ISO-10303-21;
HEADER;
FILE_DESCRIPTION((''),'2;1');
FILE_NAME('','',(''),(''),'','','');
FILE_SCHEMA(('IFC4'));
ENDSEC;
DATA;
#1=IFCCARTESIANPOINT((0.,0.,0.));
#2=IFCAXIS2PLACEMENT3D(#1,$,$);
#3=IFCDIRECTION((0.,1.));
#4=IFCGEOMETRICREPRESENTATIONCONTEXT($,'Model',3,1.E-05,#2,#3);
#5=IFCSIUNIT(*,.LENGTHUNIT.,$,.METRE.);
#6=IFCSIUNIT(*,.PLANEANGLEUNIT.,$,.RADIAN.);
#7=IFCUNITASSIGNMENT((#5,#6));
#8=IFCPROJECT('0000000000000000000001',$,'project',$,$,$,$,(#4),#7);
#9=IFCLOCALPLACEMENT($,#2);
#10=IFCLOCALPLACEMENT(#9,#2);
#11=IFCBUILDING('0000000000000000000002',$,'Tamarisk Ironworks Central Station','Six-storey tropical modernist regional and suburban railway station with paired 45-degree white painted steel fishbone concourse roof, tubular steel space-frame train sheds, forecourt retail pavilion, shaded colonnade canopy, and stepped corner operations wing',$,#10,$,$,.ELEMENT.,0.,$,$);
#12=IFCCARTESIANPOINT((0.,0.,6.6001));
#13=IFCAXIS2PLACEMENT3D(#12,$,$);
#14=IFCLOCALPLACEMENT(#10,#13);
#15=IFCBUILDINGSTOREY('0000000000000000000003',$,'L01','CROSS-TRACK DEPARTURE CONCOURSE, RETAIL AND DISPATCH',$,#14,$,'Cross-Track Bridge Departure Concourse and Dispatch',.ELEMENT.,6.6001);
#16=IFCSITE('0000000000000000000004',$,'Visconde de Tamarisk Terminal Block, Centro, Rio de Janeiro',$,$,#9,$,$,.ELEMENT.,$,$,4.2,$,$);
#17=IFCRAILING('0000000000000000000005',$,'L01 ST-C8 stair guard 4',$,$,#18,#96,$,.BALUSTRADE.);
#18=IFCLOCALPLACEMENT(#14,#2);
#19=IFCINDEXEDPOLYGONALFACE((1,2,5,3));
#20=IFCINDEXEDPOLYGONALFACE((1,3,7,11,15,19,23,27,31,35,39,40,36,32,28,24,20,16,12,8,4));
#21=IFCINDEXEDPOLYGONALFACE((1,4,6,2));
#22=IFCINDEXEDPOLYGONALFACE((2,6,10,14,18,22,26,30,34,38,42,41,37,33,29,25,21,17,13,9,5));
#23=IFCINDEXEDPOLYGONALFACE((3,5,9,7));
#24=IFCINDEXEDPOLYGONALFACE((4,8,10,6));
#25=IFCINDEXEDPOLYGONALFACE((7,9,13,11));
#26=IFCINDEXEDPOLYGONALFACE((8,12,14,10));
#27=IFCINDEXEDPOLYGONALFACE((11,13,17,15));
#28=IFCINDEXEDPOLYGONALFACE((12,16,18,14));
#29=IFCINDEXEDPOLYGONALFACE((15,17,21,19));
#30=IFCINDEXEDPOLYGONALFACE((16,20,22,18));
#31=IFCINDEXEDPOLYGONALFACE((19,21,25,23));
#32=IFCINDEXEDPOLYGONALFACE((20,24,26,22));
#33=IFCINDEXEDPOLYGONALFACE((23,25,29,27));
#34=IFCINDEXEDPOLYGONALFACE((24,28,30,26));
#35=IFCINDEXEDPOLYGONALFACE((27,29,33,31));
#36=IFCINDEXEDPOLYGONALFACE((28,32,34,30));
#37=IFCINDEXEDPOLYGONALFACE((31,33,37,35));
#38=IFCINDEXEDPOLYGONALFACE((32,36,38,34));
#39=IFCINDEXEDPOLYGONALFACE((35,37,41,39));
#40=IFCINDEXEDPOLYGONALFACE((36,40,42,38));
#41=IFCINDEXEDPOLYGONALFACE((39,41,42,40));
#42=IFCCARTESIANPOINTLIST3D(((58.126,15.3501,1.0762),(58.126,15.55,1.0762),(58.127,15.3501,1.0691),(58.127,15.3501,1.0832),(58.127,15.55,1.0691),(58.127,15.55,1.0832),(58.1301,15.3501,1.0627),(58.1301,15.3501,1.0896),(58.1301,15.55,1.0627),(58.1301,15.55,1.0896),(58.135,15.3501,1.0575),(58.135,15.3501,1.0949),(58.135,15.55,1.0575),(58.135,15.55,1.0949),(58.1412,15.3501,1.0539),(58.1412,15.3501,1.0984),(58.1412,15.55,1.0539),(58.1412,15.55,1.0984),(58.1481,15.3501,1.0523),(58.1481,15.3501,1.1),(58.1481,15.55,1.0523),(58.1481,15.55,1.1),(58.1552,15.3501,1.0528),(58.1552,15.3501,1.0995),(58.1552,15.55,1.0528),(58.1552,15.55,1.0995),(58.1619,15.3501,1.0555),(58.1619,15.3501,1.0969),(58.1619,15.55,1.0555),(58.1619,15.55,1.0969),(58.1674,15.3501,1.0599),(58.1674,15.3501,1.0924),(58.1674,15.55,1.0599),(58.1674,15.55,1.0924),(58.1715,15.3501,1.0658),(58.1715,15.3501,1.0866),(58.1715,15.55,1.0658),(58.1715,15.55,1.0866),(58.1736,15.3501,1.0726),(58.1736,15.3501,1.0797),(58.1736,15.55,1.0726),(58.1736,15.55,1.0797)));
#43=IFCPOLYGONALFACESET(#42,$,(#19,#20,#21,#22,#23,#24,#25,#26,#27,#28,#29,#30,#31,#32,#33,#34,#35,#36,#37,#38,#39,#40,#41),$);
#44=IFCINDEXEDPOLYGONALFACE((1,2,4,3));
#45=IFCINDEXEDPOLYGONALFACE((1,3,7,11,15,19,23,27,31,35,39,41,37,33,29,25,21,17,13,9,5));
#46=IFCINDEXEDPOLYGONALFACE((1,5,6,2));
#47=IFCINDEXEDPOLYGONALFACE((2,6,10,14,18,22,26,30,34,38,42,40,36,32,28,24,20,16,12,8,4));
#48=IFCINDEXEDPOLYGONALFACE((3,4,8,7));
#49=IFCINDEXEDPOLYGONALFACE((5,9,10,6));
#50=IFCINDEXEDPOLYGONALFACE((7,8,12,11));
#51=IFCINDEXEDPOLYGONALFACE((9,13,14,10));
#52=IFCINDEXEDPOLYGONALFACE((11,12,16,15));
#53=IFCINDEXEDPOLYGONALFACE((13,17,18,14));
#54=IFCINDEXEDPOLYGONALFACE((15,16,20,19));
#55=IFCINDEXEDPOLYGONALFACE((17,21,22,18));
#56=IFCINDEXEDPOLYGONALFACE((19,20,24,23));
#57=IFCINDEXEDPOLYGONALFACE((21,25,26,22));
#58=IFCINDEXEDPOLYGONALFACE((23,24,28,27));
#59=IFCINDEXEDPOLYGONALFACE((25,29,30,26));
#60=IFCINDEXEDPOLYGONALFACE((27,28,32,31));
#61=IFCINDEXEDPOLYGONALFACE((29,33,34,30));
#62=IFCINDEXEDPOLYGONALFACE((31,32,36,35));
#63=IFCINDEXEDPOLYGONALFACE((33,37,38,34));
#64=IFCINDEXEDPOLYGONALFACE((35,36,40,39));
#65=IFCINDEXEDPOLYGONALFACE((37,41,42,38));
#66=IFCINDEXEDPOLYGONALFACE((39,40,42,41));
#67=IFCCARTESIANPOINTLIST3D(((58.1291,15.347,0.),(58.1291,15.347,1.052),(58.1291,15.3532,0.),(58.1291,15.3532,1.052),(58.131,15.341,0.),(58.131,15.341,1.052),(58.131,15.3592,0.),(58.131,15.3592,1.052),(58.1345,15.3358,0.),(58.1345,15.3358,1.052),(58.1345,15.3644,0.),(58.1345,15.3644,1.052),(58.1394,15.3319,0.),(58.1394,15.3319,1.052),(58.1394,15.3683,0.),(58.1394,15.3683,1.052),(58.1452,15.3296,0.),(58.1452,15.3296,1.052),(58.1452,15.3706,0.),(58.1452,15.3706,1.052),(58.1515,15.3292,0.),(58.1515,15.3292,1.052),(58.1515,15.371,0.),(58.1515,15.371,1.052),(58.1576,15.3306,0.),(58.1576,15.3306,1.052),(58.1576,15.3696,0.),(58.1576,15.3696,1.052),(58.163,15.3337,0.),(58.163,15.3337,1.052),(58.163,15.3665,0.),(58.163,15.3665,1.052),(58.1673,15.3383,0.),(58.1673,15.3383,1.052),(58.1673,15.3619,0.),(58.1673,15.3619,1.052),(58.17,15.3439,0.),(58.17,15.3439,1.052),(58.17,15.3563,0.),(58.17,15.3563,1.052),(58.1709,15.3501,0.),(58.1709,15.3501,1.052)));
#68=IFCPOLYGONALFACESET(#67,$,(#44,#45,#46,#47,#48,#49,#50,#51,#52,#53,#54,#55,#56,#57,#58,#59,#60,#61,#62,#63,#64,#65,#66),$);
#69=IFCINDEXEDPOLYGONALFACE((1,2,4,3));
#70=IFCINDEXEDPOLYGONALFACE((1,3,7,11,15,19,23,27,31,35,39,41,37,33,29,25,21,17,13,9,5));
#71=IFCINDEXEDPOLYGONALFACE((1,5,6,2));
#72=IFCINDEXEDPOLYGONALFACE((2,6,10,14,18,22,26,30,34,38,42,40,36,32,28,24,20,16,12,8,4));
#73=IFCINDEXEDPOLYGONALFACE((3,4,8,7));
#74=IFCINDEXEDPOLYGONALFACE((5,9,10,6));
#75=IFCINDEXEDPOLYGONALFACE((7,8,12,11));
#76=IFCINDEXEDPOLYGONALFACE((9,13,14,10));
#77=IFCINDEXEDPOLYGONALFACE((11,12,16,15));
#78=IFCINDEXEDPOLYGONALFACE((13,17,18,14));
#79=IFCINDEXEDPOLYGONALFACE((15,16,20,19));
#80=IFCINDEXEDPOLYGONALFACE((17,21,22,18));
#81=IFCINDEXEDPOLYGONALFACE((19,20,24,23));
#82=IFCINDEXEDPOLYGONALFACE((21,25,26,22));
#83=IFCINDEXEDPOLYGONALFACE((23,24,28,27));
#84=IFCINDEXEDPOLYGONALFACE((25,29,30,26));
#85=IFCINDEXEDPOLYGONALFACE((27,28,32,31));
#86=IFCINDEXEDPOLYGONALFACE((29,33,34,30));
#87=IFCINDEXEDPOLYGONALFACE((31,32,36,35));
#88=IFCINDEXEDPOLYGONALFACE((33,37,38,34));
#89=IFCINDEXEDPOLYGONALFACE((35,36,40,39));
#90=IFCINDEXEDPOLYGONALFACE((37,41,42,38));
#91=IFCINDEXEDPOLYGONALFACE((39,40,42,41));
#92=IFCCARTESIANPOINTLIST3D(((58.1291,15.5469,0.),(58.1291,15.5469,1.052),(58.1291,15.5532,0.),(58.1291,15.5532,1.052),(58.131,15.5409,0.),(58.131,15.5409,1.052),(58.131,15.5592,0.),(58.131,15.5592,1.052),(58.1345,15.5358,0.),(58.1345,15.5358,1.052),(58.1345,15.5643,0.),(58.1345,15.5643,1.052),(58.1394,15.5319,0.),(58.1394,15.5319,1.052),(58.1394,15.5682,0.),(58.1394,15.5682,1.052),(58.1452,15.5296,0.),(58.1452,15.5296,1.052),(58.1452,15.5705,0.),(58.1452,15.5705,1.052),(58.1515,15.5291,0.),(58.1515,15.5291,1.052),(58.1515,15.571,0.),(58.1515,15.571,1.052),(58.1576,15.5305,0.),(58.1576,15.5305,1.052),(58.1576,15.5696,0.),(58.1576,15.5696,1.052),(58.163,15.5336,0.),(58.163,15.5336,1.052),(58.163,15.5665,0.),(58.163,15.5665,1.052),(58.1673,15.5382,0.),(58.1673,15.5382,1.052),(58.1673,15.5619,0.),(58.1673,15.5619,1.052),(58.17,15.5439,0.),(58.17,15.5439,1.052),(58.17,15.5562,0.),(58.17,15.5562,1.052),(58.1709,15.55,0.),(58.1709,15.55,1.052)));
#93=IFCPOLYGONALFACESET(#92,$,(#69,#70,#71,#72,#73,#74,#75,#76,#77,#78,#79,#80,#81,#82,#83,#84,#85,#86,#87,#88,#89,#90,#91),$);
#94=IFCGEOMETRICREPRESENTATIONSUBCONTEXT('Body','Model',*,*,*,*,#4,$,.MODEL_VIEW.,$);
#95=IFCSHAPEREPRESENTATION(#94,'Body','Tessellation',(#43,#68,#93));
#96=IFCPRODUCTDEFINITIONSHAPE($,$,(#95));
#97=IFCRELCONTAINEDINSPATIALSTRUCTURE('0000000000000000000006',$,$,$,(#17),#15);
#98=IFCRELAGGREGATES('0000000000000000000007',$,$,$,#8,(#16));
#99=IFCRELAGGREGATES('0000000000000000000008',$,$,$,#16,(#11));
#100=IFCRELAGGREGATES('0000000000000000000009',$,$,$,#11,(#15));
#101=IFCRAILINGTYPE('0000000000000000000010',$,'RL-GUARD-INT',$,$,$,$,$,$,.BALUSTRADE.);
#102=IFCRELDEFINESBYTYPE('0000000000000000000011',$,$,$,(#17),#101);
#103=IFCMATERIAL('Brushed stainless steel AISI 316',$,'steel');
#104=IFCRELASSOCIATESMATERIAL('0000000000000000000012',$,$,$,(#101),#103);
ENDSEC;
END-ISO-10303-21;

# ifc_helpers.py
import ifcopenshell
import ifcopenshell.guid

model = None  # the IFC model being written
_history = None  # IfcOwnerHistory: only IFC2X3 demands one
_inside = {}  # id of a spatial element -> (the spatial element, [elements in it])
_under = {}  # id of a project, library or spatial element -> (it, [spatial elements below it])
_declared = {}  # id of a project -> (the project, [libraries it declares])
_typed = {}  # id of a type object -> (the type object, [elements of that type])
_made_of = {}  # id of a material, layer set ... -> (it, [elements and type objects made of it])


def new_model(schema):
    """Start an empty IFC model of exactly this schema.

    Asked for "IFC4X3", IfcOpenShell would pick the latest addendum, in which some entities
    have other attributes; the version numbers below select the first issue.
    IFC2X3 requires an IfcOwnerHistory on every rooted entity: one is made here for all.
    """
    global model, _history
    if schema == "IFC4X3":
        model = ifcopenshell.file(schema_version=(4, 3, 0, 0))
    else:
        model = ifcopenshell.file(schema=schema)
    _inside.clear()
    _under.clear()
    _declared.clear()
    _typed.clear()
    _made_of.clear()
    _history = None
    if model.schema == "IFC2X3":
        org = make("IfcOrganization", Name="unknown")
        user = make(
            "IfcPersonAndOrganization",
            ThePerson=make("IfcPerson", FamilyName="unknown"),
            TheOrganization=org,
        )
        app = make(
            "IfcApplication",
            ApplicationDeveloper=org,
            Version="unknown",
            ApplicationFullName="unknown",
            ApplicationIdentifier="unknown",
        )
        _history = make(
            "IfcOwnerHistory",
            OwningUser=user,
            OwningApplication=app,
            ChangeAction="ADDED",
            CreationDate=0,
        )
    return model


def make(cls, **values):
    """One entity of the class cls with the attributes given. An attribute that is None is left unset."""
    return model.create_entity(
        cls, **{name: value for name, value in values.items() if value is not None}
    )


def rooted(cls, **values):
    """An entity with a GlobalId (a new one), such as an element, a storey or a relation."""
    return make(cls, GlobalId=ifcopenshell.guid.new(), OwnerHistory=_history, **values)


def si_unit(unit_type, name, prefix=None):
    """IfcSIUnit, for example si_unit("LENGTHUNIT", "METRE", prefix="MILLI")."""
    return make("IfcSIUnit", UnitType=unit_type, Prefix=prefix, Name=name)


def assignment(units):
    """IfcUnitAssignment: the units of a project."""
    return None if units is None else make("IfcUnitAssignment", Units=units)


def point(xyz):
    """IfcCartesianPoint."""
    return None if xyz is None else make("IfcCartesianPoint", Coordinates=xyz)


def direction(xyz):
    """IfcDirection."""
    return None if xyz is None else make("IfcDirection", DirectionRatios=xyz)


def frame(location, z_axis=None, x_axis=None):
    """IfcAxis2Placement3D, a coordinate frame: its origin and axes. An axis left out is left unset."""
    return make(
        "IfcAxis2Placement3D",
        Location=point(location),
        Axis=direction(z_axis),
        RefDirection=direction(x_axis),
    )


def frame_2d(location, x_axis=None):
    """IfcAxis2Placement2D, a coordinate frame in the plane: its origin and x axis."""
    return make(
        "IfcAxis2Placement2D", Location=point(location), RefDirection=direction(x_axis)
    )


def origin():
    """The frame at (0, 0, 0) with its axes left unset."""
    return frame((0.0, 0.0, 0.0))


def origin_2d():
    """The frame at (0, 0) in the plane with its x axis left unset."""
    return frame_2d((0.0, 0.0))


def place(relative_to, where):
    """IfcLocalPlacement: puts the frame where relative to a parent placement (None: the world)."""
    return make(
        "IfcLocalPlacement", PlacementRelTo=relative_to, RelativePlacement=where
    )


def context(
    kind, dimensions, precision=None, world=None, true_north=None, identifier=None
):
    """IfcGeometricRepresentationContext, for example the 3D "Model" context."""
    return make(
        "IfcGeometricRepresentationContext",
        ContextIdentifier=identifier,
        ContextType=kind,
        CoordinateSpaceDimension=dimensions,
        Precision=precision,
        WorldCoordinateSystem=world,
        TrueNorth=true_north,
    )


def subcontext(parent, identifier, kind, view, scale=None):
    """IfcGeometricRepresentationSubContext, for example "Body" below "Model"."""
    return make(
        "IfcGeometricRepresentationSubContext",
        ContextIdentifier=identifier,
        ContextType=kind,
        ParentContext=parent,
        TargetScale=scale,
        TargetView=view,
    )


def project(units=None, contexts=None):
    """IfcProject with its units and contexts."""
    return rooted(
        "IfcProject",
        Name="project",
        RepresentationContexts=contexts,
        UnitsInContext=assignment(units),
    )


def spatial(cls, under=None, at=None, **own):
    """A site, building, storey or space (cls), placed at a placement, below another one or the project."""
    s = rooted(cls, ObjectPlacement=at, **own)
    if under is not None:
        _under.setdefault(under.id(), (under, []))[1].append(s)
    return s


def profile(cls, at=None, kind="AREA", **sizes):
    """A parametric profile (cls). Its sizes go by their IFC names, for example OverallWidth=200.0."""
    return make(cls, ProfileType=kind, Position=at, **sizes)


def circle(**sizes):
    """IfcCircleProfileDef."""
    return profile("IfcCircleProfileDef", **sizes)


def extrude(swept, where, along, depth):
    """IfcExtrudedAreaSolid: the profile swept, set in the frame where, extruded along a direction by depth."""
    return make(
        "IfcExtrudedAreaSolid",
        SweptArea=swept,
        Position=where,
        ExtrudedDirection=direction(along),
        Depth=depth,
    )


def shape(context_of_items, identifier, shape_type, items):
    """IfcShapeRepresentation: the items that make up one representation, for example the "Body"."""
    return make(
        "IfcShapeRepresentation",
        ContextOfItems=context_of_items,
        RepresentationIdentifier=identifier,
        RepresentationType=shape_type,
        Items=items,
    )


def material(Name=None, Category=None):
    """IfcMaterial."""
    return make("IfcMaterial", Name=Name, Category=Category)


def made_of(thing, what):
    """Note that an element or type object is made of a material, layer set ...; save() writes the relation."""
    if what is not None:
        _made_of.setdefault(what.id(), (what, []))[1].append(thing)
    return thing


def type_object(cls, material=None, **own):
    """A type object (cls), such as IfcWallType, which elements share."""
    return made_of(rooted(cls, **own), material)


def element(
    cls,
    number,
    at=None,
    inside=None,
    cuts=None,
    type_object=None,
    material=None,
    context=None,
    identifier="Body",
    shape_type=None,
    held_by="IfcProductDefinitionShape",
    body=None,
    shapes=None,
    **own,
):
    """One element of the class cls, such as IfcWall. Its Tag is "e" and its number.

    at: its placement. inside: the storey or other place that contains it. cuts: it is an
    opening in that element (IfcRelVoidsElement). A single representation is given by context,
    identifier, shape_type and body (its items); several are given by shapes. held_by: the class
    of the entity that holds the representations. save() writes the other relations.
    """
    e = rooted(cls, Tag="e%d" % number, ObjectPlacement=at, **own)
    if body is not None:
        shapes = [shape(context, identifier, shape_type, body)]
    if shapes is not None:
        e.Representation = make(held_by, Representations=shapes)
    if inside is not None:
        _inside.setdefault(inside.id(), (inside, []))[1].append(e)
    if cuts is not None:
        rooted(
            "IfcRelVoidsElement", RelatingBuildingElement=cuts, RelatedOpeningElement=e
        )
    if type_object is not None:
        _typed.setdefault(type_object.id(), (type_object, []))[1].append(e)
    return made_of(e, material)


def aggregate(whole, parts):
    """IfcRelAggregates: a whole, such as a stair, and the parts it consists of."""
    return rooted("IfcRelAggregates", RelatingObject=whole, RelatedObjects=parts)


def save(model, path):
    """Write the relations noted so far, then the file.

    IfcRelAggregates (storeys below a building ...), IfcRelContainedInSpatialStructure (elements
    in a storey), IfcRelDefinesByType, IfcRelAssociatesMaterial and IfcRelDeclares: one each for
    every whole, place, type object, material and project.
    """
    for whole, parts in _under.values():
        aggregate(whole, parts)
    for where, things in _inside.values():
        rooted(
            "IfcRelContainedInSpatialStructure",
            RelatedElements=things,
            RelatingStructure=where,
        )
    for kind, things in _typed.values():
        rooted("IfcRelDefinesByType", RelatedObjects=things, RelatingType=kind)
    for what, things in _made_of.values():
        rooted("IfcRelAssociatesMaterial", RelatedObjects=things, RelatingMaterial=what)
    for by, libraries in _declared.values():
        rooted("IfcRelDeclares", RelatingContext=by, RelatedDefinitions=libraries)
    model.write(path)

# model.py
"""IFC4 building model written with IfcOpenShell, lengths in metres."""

from ifc_helpers import new_model, si_unit, direction, frame, origin, origin_2d, place, context, subcontext, project, spatial, circle, extrude, material, type_object, element, save


model = new_model("IFC4")

# Units and contexts
model_context = context("Model", 3, precision=1e-05, world=origin(), true_north=direction((0.0, 1.0)))
body_context = subcontext(model_context, "Body", "Model", "MODEL_VIEW")
ifc_project = project(units=[si_unit("LENGTHUNIT", "METRE"), si_unit("PLANEANGLEUNIT", "RADIAN")], contexts=[model_context])

# Site, building, storey
site_placement = place(None, origin())
site = spatial("IfcSite", under=ifc_project, at=site_placement, Name="Visconde de Tamarisk Terminal Block, Centro, Rio de Janeiro", CompositionType="ELEMENT", RefElevation=4.2)
building_placement = place(site_placement, origin())
building = spatial("IfcBuilding", under=site, at=building_placement, Name="Tamarisk Ironworks Central Station", Description="Six-storey tropical modernist regional and suburban railway station with paired 45-degree white painted steel fishbone concourse roof, tubular steel space-frame train sheds, forecourt retail pavilion, shaded colonnade canopy, and stepped corner operations wing", CompositionType="ELEMENT", ElevationOfRefHeight=0.0)
storey_placement = place(building_placement, frame((0.0, 0.0, 6.6001)))
storey = spatial("IfcBuildingStorey", under=building, at=storey_placement, Name="L01", Description="CROSS-TRACK DEPARTURE CONCOURSE, RETAIL AND DISPATCH", LongName="Cross-Track Bridge Departure Concourse and Dispatch", CompositionType="ELEMENT", Elevation=6.6001)

# Railing
ifc_material_1 = material(Name="Brushed stainless steel AISI 316", Category="steel")
railing_type_1 = type_object("IfcRailingType", Name="RL-GUARD-INT", PredefinedType="BALUSTRADE", material=ifc_material_1)
railing_1_placement = place(storey_placement, frame((58.1499, 15.3501, 0.0)))
element("IfcRailing", 1, at=railing_1_placement, inside=storey, type_object=railing_type_1, Name="L01 ST-C8 stair guard 4", PredefinedType="BALUSTRADE", context=body_context, shape_type="SweptSolid", body=[
    extrude(circle(Radius=0.0239, at=origin_2d()), frame((0.0, 0.0, 1.0762), z_axis=(0.0, 1.0, 0.0), x_axis=(-1.0, 0.0, 0.0)), (0.0, 0.0, 1.0), 0.2),
    extrude(circle(Radius=0.021, at=origin_2d()), origin(), (0.0, 0.0, 1.0), 1.052),
    extrude(circle(Radius=0.021, at=origin_2d()), frame((0.0, 0.2, 0.0)), (0.0, 0.0, 1.0), 1.052),
])

save(model, "model.ifc")
